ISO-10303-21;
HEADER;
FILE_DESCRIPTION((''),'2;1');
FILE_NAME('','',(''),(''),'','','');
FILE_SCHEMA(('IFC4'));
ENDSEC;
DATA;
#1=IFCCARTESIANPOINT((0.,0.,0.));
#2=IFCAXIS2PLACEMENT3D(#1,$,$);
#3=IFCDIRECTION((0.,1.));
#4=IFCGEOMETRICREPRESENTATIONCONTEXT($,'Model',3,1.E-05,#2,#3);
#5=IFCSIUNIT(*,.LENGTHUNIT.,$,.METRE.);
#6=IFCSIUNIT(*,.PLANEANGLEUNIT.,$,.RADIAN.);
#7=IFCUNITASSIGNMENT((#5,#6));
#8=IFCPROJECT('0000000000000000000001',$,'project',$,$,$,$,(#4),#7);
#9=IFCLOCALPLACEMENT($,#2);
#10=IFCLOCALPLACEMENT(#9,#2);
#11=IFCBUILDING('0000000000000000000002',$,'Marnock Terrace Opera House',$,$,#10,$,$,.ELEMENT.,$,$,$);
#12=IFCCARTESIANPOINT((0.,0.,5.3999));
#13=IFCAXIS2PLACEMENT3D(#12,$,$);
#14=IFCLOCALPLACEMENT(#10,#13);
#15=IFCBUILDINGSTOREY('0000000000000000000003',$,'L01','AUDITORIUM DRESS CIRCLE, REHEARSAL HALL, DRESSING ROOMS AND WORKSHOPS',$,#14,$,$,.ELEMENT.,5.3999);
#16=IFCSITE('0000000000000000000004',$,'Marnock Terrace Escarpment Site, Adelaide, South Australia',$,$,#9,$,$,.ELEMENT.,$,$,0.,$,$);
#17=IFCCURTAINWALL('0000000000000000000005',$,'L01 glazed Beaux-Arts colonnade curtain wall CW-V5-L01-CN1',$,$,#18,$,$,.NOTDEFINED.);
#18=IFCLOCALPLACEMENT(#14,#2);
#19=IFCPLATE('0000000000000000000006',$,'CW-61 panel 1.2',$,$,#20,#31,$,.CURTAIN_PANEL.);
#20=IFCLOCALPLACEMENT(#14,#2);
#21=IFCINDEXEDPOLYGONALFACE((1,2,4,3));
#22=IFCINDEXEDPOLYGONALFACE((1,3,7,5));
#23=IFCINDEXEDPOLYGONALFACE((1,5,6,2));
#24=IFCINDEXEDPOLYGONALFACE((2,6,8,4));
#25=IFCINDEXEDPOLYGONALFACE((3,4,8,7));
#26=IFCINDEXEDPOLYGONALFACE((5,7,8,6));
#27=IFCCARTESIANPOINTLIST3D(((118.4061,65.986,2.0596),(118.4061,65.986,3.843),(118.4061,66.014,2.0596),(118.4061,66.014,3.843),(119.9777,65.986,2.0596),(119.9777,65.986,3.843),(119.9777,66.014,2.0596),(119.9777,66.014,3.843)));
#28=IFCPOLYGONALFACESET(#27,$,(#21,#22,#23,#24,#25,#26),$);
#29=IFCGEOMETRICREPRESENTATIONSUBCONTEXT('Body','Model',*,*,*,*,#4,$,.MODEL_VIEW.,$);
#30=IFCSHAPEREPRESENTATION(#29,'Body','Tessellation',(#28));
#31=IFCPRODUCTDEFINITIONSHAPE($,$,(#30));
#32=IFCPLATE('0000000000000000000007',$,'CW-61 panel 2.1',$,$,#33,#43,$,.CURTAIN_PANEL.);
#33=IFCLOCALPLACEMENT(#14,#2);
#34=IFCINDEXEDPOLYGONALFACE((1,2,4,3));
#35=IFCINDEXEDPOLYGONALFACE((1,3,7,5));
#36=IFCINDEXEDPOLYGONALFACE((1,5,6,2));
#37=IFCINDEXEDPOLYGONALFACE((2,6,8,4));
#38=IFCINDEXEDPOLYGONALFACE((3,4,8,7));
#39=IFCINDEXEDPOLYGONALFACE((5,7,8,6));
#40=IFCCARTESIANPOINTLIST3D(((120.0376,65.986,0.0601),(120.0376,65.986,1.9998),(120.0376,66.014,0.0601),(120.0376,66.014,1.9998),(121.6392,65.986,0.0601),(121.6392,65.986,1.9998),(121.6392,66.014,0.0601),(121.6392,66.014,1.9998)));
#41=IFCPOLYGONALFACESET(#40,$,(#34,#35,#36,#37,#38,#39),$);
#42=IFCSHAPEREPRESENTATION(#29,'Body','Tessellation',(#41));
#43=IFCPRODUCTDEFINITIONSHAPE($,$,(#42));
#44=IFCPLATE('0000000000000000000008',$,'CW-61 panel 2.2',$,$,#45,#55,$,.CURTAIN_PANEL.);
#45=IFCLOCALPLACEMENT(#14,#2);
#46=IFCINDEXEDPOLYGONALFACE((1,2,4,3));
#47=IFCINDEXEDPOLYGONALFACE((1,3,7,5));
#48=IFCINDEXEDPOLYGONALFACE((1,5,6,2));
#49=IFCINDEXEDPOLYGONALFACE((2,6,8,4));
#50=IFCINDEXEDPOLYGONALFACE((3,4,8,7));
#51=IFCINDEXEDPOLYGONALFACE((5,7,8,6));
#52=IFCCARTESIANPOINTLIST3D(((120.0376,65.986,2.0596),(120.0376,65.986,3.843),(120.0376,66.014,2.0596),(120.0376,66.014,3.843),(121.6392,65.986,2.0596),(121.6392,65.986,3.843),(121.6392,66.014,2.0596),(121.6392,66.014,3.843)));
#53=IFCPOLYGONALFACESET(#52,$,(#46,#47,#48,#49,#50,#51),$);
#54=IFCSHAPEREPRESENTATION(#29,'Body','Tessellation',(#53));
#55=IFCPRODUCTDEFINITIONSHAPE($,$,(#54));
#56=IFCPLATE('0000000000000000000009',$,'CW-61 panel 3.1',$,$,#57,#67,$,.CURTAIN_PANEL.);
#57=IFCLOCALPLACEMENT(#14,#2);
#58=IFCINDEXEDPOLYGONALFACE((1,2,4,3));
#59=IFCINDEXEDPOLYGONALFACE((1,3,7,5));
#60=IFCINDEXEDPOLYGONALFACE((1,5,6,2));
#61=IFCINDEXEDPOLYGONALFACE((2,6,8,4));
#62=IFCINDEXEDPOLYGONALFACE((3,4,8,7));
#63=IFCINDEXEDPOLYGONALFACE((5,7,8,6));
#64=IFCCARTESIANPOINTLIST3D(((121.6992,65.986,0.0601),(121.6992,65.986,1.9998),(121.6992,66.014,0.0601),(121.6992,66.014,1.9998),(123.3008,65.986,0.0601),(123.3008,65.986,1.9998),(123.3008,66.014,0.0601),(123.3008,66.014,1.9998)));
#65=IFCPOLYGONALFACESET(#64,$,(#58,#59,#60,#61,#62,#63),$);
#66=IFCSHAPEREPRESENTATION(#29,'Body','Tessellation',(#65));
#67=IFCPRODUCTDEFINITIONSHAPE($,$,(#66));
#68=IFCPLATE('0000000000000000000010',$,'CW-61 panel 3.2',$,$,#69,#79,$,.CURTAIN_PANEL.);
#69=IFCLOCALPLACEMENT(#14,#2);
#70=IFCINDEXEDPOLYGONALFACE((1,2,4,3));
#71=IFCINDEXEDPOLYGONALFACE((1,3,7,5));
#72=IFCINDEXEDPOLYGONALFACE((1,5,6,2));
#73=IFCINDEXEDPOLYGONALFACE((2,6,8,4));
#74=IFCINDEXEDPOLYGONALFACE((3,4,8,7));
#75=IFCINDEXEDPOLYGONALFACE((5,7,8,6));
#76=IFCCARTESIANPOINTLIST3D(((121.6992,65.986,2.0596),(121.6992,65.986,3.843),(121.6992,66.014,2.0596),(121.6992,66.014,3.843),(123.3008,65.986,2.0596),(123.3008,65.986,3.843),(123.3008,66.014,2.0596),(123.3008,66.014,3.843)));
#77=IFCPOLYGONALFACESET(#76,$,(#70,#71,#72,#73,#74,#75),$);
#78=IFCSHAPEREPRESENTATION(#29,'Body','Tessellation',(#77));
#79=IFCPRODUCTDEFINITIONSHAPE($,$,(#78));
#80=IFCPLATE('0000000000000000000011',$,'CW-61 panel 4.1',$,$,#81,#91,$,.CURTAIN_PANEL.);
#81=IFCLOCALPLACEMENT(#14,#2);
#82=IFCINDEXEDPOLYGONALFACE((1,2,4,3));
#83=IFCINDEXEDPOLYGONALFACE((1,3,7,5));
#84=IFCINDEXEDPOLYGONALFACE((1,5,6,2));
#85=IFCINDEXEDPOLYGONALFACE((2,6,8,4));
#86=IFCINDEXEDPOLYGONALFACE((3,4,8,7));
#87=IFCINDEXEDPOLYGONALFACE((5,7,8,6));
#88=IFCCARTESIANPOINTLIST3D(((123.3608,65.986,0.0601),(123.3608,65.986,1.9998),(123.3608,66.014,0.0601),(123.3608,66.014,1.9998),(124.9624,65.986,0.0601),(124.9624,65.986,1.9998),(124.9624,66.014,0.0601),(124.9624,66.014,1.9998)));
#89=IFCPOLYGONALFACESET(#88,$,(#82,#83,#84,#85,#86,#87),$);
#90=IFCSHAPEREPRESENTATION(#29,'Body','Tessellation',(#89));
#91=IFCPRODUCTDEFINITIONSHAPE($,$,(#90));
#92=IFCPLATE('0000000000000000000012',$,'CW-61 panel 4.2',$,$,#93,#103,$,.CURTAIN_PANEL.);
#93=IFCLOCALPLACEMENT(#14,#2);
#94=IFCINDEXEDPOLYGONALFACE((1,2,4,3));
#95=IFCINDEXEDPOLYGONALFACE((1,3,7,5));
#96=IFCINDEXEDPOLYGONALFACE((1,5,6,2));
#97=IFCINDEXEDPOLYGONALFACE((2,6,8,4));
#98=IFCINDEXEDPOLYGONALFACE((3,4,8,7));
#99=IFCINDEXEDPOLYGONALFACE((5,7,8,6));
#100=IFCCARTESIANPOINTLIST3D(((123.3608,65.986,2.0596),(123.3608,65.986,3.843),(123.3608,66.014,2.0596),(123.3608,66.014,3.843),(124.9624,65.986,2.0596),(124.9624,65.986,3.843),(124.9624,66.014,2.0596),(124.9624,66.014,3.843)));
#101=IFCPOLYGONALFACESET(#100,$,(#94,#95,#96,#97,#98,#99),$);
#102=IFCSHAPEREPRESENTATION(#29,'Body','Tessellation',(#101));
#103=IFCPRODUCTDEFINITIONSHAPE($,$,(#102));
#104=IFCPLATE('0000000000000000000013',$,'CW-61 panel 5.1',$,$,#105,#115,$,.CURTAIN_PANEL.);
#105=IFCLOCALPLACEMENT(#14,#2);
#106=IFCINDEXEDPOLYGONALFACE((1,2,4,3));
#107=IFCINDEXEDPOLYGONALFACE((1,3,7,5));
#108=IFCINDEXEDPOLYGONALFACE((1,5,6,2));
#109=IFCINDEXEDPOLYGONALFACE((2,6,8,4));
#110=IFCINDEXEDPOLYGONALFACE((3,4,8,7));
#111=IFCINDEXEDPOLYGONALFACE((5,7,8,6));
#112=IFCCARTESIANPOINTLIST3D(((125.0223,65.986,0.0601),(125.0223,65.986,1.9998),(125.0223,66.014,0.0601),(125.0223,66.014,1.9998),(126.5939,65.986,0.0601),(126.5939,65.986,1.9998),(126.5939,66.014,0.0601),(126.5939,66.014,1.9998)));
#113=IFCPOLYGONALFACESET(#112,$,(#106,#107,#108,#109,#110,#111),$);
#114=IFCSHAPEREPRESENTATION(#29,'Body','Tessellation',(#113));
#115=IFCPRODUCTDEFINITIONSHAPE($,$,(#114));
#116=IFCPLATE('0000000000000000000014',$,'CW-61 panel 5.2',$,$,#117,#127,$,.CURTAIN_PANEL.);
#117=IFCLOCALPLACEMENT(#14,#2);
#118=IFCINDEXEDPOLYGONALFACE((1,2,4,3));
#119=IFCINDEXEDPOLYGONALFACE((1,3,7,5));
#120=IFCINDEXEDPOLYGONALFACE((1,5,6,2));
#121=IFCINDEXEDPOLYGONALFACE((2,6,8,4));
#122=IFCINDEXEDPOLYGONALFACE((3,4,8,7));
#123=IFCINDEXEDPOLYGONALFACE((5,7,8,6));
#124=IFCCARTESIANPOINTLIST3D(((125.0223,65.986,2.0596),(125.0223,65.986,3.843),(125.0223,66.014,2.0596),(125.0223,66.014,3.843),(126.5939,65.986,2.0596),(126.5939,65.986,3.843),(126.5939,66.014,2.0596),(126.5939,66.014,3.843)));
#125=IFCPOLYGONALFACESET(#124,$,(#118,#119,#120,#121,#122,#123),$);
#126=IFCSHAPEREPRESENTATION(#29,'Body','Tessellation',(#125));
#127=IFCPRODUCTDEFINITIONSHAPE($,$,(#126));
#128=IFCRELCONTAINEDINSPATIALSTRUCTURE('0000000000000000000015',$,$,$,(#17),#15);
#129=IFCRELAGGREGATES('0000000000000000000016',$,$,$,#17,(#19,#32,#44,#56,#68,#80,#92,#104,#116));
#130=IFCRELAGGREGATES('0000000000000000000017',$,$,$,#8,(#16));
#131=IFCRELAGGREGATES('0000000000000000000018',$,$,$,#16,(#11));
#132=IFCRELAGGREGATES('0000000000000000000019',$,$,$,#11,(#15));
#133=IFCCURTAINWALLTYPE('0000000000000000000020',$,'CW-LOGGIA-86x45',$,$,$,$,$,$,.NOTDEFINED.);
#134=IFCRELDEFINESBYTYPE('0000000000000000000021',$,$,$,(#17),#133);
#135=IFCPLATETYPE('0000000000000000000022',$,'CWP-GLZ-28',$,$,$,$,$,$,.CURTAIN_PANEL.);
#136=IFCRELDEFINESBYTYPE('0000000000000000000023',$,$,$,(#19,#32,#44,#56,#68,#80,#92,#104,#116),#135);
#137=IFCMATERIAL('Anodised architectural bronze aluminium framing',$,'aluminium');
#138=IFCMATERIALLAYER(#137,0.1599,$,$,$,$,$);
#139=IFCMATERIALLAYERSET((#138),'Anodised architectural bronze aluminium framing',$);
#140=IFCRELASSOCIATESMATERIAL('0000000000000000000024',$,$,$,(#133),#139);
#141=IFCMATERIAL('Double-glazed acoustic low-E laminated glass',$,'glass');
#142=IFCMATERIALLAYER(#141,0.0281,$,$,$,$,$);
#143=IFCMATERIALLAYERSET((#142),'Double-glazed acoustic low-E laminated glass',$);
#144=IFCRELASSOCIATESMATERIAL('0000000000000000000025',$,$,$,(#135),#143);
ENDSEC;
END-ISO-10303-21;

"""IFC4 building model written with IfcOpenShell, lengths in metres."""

from ifc_helpers import new_model, si_unit, direction, frame, origin, origin_2d, place, context, subcontext, project, spatial, rectangle, extrude, material, layer, layer_set, type_object, element, aggregate, save


model = new_model("IFC4")

# Units and contexts
model_context = context("Model", 3, precision=1e-05, world=origin(), true_north=direction((0.0, 1.0)))
body_context = subcontext(model_context, "Body", "Model", "MODEL_VIEW")
ifc_project = project(units=[si_unit("LENGTHUNIT", "METRE"), si_unit("PLANEANGLEUNIT", "RADIAN")], contexts=[model_context])

# Site, building, storey
site_placement = place(None, origin())
site = spatial("IfcSite", under=ifc_project, at=site_placement, Name="Marnock Terrace Escarpment Site, Adelaide, South Australia", CompositionType="ELEMENT", RefElevation=0.0)
building_placement = place(site_placement, origin())
building = spatial("IfcBuilding", under=site, at=building_placement, Name="Marnock Terrace Opera House", CompositionType="ELEMENT")
storey_placement = place(building_placement, frame((0.0, 0.0, 5.3999)))
storey = spatial("IfcBuildingStorey", under=building, at=storey_placement, Name="L01", Description="AUDITORIUM DRESS CIRCLE, REHEARSAL HALL, DRESSING ROOMS AND WORKSHOPS", CompositionType="ELEMENT", Elevation=5.3999)

# Curtain wall, plates
ifc_material_1 = material(Name="Anodised architectural bronze aluminium framing", Category="aluminium")
ifc_layer_1 = layer(ifc_material_1, 0.1599)
ifc_layer_set_1 = layer_set([ifc_layer_1], Name="Anodised architectural bronze aluminium framing")
curtain_wall_type = type_object("IfcCurtainWallType", Name="CW-LOGGIA-86x45", PredefinedType="NOTDEFINED", material=ifc_layer_set_1)
curtain_wall_placement = place(storey_placement, origin())
curtain_wall = element("IfcCurtainWall", 1, at=curtain_wall_placement, inside=storey, type_object=curtain_wall_type, Name="L01 glazed Beaux-Arts colonnade curtain wall CW-V5-L01-CN1", PredefinedType="NOTDEFINED")
ifc_material_2 = material(Name="Double-glazed acoustic low-E laminated glass", Category="glass")
ifc_layer_2 = layer(ifc_material_2, 0.0281)
ifc_layer_set_2 = layer_set([ifc_layer_2], Name="Double-glazed acoustic low-E laminated glass")
plate_type = type_object("IfcPlateType", Name="CWP-GLZ-28", PredefinedType="CURTAIN_PANEL", material=ifc_layer_set_2)
plate_1_placement = place(storey_placement, frame((119.1919, 66.0, 2.0596), z_axis=(0.0, 0.0, 1.0), x_axis=(1.0, 0.0, 0.0)))
plate_1 = element("IfcPlate", 2, at=plate_1_placement, type_object=plate_type, Name="CW-61 panel 1.2", PredefinedType="CURTAIN_PANEL", context=body_context, shape_type="SweptSolid", body=[
    extrude(rectangle(XDim=1.5715, YDim=0.0281, at=origin_2d()), origin(), (0.0, 0.0, 1.0), 1.7834),
])
plate_2_placement = place(storey_placement, frame((120.8384, 66.0, 0.0601), z_axis=(0.0, 0.0, 1.0), x_axis=(1.0, 0.0, 0.0)))
plate_2 = element("IfcPlate", 3, at=plate_2_placement, type_object=plate_type, Name="CW-61 panel 2.1", PredefinedType="CURTAIN_PANEL", context=body_context, shape_type="SweptSolid", body=[
    extrude(rectangle(XDim=1.6016, YDim=0.0281, at=origin_2d()), origin(), (0.0, 0.0, 1.0), 1.9397),
])
plate_3_placement = place(storey_placement, frame((120.8384, 66.0, 2.0596), z_axis=(0.0, 0.0, 1.0), x_axis=(1.0, 0.0, 0.0)))
plate_3 = element("IfcPlate", 4, at=plate_3_placement, type_object=plate_type, Name="CW-61 panel 2.2", PredefinedType="CURTAIN_PANEL", context=body_context, shape_type="SweptSolid", body=[
    extrude(rectangle(XDim=1.6016, YDim=0.0281, at=origin_2d()), origin(), (0.0, 0.0, 1.0), 1.7834),
])
plate_4_placement = place(storey_placement, frame((122.5, 66.0, 0.0601), z_axis=(0.0, 0.0, 1.0), x_axis=(1.0, 0.0, 0.0)))
plate_4 = element("IfcPlate", 5, at=plate_4_placement, type_object=plate_type, Name="CW-61 panel 3.1", PredefinedType="CURTAIN_PANEL", context=body_context, shape_type="SweptSolid", body=[
    extrude(rectangle(XDim=1.6016, YDim=0.0281, at=origin_2d()), origin(), (0.0, 0.0, 1.0), 1.9397),
])
plate_5_placement = place(storey_placement, frame((122.5, 66.0, 2.0596), z_axis=(0.0, 0.0, 1.0), x_axis=(1.0, 0.0, 0.0)))
plate_5 = element("IfcPlate", 6, at=plate_5_placement, type_object=plate_type, Name="CW-61 panel 3.2", PredefinedType="CURTAIN_PANEL", context=body_context, shape_type="SweptSolid", body=[
    extrude(rectangle(XDim=1.6016, YDim=0.0281, at=origin_2d()), origin(), (0.0, 0.0, 1.0), 1.7834),
])
plate_6_placement = place(storey_placement, frame((124.1616, 66.0, 0.0601), z_axis=(0.0, 0.0, 1.0), x_axis=(1.0, 0.0, 0.0)))
plate_6 = element("IfcPlate", 7, at=plate_6_placement, type_object=plate_type, Name="CW-61 panel 4.1", PredefinedType="CURTAIN_PANEL", context=body_context, shape_type="SweptSolid", body=[
    extrude(rectangle(XDim=1.6016, YDim=0.0281, at=origin_2d()), origin(), (0.0, 0.0, 1.0), 1.9397),
])
plate_7_placement = place(storey_placement, frame((124.1616, 66.0, 2.0596), z_axis=(0.0, 0.0, 1.0), x_axis=(1.0, 0.0, 0.0)))
plate_7 = element("IfcPlate", 8, at=plate_7_placement, type_object=plate_type, Name="CW-61 panel 4.2", PredefinedType="CURTAIN_PANEL", context=body_context, shape_type="SweptSolid", body=[
    extrude(rectangle(XDim=1.6016, YDim=0.0281, at=origin_2d()), origin(), (0.0, 0.0, 1.0), 1.7834),
])
plate_8_placement = place(storey_placement, frame((125.8081, 66.0, 0.0601), z_axis=(0.0, 0.0, 1.0), x_axis=(1.0, 0.0, 0.0)))
plate_8 = element("IfcPlate", 9, at=plate_8_placement, type_object=plate_type, Name="CW-61 panel 5.1", PredefinedType="CURTAIN_PANEL", context=body_context, shape_type="SweptSolid", body=[
    extrude(rectangle(XDim=1.5715, YDim=0.0281, at=origin_2d()), origin(), (0.0, 0.0, 1.0), 1.9397),
])
plate_9_placement = place(storey_placement, frame((125.8081, 66.0, 2.0596), z_axis=(0.0, 0.0, 1.0), x_axis=(1.0, 0.0, 0.0)))
plate_9 = element("IfcPlate", 10, at=plate_9_placement, type_object=plate_type, Name="CW-61 panel 5.2", PredefinedType="CURTAIN_PANEL", context=body_context, shape_type="SweptSolid", body=[
    extrude(rectangle(XDim=1.5715, YDim=0.0281, at=origin_2d()), origin(), (0.0, 0.0, 1.0), 1.7834),
])
aggregate(curtain_wall, [plate_1, plate_2, plate_3, plate_4, plate_5, plate_6, plate_7, plate_8, plate_9])

save(model, "model.ifc")
